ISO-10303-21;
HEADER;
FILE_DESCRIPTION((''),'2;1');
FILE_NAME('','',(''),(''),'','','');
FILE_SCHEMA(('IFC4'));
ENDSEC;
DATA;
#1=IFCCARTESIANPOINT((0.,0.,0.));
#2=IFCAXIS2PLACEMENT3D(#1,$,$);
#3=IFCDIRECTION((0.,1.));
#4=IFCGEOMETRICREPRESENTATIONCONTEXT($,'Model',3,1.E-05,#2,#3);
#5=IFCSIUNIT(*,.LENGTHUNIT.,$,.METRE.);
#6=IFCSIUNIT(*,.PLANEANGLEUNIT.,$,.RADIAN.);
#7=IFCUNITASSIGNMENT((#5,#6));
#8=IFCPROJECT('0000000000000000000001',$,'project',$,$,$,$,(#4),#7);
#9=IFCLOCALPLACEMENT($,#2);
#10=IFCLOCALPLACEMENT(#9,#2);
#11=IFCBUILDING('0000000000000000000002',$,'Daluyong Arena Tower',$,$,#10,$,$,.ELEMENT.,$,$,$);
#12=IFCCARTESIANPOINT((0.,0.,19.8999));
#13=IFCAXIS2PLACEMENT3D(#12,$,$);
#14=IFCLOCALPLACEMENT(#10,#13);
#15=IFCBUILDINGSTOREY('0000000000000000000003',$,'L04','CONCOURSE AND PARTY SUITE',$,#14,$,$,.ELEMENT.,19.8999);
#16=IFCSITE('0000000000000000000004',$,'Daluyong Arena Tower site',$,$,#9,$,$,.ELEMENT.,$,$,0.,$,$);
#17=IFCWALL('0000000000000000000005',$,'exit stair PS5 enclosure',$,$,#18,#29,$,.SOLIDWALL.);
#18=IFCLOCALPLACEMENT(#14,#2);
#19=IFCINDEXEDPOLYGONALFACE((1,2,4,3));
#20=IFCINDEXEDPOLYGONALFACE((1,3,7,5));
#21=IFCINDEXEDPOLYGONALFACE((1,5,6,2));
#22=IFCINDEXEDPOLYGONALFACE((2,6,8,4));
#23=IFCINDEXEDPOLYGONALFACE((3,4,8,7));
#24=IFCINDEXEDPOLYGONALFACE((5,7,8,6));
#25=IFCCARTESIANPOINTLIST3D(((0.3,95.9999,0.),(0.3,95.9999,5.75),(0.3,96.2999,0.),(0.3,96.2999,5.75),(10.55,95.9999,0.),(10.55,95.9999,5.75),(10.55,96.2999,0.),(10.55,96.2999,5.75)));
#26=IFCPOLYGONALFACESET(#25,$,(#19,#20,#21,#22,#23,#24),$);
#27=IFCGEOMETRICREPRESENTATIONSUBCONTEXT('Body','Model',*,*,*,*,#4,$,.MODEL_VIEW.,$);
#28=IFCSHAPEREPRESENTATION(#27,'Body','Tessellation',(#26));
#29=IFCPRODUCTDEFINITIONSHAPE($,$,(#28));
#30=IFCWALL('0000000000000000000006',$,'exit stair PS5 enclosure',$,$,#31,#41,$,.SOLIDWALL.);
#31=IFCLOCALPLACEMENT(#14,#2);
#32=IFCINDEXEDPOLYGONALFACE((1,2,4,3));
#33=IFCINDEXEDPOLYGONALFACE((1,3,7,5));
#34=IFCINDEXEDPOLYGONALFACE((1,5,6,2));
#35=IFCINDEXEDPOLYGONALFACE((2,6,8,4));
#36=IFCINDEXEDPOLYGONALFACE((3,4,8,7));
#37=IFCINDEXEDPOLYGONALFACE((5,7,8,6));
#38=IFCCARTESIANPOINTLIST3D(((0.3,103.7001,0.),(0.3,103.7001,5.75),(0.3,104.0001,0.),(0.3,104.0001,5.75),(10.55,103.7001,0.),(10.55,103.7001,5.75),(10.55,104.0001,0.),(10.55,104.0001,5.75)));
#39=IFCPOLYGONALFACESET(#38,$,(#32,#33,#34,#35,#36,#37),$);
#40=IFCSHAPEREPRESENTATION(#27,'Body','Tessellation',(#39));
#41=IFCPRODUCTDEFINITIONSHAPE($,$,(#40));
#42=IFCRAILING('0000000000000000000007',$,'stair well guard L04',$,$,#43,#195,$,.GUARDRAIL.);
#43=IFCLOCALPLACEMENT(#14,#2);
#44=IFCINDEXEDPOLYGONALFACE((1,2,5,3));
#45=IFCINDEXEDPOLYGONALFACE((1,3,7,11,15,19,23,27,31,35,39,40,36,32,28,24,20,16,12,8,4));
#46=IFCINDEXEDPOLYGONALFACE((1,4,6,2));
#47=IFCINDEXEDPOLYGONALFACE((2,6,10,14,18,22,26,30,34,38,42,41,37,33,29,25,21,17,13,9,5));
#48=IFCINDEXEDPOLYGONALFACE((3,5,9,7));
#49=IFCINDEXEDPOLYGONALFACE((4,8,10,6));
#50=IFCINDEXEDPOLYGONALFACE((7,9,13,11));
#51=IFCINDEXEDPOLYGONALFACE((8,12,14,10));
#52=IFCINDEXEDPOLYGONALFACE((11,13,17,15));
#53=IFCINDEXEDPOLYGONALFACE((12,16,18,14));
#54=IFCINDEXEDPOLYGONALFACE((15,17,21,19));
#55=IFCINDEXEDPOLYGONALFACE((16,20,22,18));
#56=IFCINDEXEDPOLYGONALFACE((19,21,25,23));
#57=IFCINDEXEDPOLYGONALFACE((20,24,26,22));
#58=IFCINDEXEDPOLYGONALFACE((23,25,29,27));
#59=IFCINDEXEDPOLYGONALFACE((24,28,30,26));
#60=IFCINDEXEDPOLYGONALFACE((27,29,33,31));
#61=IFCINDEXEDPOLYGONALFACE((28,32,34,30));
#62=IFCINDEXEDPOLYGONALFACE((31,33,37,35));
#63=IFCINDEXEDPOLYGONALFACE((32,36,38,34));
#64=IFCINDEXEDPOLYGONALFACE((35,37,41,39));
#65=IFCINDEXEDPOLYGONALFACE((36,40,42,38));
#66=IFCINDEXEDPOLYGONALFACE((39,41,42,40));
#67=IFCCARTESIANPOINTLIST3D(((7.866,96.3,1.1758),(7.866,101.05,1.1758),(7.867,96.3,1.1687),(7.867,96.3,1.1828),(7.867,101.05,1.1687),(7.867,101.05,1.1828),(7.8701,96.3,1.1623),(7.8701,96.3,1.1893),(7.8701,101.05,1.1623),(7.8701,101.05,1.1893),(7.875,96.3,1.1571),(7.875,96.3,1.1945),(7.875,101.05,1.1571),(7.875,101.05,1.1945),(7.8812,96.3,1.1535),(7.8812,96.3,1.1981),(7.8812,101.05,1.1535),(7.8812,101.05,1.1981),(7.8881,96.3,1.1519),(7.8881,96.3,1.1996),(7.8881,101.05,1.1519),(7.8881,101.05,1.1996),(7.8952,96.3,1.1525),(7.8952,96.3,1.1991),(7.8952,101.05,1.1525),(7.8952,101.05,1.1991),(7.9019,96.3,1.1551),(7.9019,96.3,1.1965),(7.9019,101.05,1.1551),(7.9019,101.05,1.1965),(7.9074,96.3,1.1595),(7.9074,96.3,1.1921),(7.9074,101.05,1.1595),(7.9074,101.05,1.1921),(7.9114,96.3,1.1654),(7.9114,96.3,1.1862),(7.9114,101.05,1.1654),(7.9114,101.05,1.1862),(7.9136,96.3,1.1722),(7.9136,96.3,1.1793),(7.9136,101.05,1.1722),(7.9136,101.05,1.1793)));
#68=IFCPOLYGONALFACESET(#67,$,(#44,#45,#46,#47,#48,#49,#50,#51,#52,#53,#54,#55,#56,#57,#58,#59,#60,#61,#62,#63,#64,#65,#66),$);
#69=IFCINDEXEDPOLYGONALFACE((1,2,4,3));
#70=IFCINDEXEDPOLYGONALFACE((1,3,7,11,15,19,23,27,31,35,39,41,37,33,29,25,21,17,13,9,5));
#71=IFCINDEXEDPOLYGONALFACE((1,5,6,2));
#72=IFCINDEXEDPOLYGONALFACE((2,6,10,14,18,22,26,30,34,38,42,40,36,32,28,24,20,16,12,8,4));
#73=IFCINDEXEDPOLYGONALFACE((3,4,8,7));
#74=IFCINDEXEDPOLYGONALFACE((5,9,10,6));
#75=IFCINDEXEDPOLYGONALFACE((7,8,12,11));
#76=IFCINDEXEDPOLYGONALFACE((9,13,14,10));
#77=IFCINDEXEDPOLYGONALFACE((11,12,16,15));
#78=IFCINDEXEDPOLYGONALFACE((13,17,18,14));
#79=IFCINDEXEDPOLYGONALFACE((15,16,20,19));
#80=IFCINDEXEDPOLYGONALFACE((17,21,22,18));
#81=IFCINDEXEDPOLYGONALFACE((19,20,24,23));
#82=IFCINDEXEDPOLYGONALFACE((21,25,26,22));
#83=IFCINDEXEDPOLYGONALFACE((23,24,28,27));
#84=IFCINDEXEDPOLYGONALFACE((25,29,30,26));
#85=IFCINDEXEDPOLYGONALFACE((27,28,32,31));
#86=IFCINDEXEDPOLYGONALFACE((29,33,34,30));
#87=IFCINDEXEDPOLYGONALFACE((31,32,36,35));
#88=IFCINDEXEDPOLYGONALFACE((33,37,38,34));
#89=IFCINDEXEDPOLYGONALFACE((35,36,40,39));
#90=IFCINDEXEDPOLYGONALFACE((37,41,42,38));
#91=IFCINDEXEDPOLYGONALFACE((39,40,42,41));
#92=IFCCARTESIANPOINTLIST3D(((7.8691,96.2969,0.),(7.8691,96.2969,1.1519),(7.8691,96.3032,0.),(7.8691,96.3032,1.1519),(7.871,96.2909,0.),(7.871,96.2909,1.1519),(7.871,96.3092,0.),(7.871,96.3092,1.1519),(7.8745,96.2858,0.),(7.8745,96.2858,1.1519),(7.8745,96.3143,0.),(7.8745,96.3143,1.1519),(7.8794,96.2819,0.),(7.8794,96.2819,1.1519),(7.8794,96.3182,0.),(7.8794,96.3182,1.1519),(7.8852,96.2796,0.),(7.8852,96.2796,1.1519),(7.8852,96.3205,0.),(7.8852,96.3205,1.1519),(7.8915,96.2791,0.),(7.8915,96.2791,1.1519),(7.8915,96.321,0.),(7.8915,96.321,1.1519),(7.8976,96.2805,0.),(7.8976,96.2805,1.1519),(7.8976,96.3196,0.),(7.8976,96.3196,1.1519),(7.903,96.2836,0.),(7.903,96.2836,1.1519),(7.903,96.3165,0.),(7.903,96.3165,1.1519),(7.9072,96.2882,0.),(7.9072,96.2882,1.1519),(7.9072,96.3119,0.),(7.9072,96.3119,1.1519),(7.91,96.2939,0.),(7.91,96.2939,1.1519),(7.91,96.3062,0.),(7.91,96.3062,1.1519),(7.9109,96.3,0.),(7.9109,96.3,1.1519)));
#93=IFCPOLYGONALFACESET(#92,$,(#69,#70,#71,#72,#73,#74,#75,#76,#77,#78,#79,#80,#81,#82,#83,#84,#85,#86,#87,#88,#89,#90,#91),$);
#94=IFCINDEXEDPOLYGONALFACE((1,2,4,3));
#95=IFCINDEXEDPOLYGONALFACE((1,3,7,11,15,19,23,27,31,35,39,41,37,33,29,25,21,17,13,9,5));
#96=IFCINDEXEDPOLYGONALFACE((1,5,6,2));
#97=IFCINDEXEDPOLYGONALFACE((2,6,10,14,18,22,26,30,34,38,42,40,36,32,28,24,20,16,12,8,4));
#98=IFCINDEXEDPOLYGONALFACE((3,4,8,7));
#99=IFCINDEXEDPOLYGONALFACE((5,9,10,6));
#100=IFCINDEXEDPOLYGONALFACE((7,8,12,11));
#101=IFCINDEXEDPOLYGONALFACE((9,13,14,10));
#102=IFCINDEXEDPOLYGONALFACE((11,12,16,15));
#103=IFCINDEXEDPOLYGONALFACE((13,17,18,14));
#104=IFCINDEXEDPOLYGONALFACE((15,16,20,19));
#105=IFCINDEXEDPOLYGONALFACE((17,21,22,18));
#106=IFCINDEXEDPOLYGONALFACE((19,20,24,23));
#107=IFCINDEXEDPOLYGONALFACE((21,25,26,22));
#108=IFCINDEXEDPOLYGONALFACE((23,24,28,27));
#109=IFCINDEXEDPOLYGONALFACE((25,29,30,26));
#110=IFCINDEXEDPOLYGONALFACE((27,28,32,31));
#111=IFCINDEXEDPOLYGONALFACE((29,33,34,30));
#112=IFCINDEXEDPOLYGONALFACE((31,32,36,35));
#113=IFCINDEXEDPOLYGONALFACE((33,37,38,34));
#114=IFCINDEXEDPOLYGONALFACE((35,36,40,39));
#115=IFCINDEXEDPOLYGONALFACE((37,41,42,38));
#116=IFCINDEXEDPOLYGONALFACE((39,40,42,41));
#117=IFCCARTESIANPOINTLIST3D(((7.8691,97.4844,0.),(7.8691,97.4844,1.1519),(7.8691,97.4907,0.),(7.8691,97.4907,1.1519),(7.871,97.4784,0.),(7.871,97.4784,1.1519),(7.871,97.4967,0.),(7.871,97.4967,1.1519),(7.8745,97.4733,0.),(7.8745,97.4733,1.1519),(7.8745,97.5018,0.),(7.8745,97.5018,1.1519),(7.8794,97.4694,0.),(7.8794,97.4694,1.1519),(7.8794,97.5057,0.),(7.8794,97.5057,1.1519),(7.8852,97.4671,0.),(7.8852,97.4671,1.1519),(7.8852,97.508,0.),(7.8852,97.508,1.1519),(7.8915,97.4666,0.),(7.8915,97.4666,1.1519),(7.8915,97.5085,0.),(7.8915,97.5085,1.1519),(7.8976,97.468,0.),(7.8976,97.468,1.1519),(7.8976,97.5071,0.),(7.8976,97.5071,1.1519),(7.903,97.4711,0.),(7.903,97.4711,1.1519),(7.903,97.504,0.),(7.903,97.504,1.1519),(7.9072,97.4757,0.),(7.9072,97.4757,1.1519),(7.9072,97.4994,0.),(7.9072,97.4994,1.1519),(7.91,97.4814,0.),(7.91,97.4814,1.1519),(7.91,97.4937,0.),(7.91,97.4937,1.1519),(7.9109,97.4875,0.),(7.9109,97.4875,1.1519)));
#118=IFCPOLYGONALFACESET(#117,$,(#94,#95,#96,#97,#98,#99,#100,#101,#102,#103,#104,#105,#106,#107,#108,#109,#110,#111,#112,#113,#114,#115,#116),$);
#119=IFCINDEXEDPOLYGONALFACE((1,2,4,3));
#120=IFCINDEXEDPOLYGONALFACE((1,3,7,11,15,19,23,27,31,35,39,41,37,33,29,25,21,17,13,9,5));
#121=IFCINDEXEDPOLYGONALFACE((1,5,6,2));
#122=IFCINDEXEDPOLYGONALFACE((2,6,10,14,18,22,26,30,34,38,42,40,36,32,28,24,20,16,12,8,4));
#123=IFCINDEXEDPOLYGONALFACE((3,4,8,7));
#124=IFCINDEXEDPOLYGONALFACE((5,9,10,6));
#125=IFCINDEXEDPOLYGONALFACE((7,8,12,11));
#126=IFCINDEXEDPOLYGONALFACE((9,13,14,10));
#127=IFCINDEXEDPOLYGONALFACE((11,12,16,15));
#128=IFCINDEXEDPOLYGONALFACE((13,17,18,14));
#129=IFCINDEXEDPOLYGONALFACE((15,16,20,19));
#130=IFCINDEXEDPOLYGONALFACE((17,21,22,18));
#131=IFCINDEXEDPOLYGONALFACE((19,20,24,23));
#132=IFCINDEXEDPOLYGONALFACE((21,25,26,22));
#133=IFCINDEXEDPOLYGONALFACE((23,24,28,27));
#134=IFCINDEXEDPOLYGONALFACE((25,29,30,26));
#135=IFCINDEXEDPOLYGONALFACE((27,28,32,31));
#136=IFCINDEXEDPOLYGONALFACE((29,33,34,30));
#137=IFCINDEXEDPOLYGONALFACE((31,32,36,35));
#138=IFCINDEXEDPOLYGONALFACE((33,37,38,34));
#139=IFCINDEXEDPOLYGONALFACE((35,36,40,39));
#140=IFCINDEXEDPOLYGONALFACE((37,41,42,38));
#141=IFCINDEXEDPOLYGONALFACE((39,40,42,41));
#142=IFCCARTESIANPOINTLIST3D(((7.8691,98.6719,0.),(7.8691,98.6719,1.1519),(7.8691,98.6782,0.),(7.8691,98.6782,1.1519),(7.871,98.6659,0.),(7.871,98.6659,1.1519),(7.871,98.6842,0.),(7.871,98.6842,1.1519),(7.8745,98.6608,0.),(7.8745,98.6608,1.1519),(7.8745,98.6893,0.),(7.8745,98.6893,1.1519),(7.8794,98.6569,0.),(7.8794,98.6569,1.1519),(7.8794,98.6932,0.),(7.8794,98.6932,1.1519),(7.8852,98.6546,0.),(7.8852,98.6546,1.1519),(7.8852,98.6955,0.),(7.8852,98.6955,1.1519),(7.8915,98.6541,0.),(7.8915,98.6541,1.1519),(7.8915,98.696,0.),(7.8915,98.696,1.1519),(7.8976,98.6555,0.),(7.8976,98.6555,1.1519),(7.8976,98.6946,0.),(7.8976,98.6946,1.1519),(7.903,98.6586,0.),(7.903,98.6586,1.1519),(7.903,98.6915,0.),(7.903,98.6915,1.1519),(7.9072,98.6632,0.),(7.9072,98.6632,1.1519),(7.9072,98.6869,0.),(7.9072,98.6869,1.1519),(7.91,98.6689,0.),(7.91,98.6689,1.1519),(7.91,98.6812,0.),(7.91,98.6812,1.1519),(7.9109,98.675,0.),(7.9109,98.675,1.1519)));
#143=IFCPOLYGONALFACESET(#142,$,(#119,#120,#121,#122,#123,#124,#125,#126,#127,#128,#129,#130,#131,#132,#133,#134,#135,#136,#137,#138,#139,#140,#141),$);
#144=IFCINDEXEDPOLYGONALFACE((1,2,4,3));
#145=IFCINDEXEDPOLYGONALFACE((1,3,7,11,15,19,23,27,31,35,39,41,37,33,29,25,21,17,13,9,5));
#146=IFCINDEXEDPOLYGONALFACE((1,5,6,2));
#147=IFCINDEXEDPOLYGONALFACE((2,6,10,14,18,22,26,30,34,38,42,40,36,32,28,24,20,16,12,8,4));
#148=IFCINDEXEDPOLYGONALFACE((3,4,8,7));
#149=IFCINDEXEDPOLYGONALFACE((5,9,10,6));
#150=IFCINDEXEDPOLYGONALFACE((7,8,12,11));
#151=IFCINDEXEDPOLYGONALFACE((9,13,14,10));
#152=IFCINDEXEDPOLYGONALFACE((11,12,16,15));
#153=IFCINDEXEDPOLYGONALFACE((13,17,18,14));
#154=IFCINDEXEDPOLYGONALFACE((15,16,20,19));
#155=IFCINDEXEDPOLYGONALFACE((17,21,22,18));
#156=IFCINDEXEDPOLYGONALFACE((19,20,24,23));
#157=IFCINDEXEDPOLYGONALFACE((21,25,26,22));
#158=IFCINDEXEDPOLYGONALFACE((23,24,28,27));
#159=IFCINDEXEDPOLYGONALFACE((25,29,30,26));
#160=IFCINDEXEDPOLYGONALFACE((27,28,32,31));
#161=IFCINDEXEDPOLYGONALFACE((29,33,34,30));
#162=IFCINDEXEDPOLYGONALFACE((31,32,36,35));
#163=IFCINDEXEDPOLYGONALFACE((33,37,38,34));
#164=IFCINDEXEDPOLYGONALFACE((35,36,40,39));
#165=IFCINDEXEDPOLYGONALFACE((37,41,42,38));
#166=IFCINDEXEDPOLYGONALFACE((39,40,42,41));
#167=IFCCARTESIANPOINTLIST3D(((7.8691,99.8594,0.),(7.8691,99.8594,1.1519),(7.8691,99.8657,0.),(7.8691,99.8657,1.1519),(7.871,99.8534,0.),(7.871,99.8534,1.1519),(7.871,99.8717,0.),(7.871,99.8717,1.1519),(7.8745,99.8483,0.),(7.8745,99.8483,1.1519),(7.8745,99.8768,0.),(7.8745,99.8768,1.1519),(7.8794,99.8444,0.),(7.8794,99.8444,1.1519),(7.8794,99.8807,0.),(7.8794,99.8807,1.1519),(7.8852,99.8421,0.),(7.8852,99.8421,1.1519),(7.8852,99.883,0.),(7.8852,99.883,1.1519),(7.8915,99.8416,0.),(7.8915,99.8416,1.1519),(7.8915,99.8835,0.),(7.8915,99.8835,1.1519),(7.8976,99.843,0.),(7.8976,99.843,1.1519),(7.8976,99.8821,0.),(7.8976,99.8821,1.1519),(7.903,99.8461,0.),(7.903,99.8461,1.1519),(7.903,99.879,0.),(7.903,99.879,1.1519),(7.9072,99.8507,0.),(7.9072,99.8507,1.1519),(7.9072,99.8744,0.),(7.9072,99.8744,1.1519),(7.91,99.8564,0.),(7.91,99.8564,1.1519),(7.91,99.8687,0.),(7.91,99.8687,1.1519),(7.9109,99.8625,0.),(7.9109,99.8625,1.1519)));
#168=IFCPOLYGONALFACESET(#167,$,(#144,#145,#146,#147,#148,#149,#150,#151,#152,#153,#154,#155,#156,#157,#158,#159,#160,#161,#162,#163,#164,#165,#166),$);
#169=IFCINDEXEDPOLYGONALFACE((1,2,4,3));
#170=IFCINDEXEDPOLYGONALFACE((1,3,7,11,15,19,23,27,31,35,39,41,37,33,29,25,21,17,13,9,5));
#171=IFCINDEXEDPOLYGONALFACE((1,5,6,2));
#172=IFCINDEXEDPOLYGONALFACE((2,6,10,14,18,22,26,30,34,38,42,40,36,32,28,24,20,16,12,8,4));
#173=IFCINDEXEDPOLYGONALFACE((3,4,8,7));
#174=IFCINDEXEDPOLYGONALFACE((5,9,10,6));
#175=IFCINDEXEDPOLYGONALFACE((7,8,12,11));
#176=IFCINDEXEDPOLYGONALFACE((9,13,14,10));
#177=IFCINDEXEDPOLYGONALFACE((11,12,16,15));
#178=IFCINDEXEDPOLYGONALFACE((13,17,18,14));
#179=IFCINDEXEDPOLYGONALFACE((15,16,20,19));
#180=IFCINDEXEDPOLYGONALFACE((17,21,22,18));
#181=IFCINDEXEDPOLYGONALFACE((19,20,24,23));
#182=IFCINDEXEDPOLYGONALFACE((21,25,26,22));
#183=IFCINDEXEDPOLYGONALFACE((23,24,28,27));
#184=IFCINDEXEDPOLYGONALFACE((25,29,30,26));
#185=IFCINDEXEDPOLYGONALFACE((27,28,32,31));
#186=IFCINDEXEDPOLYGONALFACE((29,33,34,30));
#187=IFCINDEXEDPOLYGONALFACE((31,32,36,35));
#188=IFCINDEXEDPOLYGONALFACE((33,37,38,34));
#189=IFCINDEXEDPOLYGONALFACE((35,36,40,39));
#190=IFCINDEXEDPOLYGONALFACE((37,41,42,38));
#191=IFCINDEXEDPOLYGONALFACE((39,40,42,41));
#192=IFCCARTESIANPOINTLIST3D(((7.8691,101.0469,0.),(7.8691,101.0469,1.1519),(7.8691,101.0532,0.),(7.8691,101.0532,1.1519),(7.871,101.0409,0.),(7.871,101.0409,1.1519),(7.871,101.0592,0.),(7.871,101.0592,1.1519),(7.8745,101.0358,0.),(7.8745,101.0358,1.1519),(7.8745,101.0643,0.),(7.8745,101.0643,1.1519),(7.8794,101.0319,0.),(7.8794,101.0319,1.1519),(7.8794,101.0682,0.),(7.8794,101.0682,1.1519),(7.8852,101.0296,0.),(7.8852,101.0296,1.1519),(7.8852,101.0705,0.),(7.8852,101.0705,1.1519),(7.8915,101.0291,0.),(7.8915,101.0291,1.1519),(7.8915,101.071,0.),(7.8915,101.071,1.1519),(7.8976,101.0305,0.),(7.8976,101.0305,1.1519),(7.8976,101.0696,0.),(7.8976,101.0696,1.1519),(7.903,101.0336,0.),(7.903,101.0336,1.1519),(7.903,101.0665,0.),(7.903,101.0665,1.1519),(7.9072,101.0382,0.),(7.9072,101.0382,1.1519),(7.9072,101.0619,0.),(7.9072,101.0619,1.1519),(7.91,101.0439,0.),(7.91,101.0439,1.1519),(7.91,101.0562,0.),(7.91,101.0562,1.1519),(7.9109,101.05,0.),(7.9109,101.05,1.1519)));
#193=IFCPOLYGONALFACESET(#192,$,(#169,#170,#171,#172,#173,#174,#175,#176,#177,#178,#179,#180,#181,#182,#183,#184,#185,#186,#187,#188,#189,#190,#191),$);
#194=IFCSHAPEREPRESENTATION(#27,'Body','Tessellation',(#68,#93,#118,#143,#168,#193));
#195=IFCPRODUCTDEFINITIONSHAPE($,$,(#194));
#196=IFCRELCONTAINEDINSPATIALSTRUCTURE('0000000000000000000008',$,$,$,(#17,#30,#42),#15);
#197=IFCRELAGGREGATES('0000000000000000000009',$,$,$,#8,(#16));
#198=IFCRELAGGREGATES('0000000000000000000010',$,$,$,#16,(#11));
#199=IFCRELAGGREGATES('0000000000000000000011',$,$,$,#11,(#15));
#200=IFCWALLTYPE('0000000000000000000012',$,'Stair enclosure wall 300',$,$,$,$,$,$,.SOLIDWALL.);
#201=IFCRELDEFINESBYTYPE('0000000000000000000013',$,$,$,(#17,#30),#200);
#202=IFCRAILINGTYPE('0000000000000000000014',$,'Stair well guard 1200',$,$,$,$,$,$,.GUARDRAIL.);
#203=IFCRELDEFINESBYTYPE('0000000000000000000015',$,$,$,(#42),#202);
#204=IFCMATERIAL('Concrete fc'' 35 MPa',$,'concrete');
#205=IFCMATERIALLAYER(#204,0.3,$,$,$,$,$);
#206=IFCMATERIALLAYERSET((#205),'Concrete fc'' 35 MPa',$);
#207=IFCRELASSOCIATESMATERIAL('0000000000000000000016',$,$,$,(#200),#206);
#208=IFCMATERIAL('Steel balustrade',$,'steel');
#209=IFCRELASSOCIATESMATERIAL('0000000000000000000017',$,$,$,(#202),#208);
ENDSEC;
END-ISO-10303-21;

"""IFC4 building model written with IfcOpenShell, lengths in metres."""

from ifc_helpers import new_model, si_unit, direction, frame, frame_2d, origin, origin_2d, place, context, subcontext, project, spatial, rectangle, circle, extrude, material, layer, layer_set, type_object, element, save


model = new_model("IFC4")

# Units and contexts
model_context = context("Model", 3, precision=1e-05, world=origin(), true_north=direction((0.0, 1.0)))
body_context = subcontext(model_context, "Body", "Model", "MODEL_VIEW")
ifc_project = project(units=[si_unit("LENGTHUNIT", "METRE"), si_unit("PLANEANGLEUNIT", "RADIAN")], contexts=[model_context])

# Site, building, storey
site_placement = place(None, origin())
site = spatial("IfcSite", under=ifc_project, at=site_placement, Name="Daluyong Arena Tower site", CompositionType="ELEMENT", RefElevation=0.0)
building_placement = place(site_placement, origin())
building = spatial("IfcBuilding", under=site, at=building_placement, Name="Daluyong Arena Tower", CompositionType="ELEMENT")
storey_placement = place(building_placement, frame((0.0, 0.0, 19.8999)))
storey = spatial("IfcBuildingStorey", under=building, at=storey_placement, Name="L04", Description="CONCOURSE AND PARTY SUITE", CompositionType="ELEMENT", Elevation=19.8999)

# Walls
ifc_material_1 = material(Name="Concrete fc' 35 MPa", Category="concrete")
ifc_layer = layer(ifc_material_1, 0.3)
ifc_layer_set = layer_set([ifc_layer], Name="Concrete fc' 35 MPa")
wall_type = type_object("IfcWallType", Name="Stair enclosure wall 300", PredefinedType="SOLIDWALL", material=ifc_layer_set)
for number, where, z_axis, x_axis, name in (
    (1, (0.3, 96.1499, 0.0), (0.0, 0.0, 1.0), (1.0, 0.0, 0.0), "exit stair PS5 enclosure"),
    (2, (0.3, 103.8501, 0.0), (0.0, 0.0, 1.0), (1.0, 0.0, 0.0), "exit stair PS5 enclosure"),
):
    element("IfcWall", number, at=place(storey_placement, frame(where, z_axis=z_axis, x_axis=x_axis)), inside=storey, type_object=wall_type, Name=name, PredefinedType="SOLIDWALL", context=body_context, shape_type="SweptSolid", body=[
        extrude(rectangle(XDim=10.25, YDim=0.3, at=frame_2d((5.125, 0.0))), origin(), (0.0, 0.0, 1.0), 5.75),
    ])

# Railing
ifc_material_2 = material(Name="Steel balustrade", Category="steel")
railing_type = type_object("IfcRailingType", Name="Stair well guard 1200", PredefinedType="GUARDRAIL", material=ifc_material_2)
railing_placement = place(storey_placement, frame((7.8899, 96.3, 0.0)))
element("IfcRailing", 3, at=railing_placement, inside=storey, type_object=railing_type, Name="stair well guard L04", PredefinedType="GUARDRAIL", context=body_context, shape_type="SweptSolid", body=[
    extrude(circle(Radius=0.0239, at=origin_2d()), frame((0.0, 0.0, 1.1758), z_axis=(0.0, 1.0, 0.0), x_axis=(-1.0, 0.0, 0.0)), (0.0, 0.0, 1.0), 4.75),
    extrude(circle(Radius=0.021, at=origin_2d()), origin(), (0.0, 0.0, 1.0), 1.1519),
    extrude(circle(Radius=0.021, at=origin_2d()), frame((0.0, 1.1875, 0.0)), (0.0, 0.0, 1.0), 1.1519),
    extrude(circle(Radius=0.021, at=origin_2d()), frame((0.0, 2.375, 0.0)), (0.0, 0.0, 1.0), 1.1519),
    extrude(circle(Radius=0.021, at=origin_2d()), frame((0.0, 3.5625, 0.0)), (0.0, 0.0, 1.0), 1.1519),
    extrude(circle(Radius=0.021, at=origin_2d()), frame((0.0, 4.75, 0.0)), (0.0, 0.0, 1.0), 1.1519),
])

save(model, "model.ifc")
